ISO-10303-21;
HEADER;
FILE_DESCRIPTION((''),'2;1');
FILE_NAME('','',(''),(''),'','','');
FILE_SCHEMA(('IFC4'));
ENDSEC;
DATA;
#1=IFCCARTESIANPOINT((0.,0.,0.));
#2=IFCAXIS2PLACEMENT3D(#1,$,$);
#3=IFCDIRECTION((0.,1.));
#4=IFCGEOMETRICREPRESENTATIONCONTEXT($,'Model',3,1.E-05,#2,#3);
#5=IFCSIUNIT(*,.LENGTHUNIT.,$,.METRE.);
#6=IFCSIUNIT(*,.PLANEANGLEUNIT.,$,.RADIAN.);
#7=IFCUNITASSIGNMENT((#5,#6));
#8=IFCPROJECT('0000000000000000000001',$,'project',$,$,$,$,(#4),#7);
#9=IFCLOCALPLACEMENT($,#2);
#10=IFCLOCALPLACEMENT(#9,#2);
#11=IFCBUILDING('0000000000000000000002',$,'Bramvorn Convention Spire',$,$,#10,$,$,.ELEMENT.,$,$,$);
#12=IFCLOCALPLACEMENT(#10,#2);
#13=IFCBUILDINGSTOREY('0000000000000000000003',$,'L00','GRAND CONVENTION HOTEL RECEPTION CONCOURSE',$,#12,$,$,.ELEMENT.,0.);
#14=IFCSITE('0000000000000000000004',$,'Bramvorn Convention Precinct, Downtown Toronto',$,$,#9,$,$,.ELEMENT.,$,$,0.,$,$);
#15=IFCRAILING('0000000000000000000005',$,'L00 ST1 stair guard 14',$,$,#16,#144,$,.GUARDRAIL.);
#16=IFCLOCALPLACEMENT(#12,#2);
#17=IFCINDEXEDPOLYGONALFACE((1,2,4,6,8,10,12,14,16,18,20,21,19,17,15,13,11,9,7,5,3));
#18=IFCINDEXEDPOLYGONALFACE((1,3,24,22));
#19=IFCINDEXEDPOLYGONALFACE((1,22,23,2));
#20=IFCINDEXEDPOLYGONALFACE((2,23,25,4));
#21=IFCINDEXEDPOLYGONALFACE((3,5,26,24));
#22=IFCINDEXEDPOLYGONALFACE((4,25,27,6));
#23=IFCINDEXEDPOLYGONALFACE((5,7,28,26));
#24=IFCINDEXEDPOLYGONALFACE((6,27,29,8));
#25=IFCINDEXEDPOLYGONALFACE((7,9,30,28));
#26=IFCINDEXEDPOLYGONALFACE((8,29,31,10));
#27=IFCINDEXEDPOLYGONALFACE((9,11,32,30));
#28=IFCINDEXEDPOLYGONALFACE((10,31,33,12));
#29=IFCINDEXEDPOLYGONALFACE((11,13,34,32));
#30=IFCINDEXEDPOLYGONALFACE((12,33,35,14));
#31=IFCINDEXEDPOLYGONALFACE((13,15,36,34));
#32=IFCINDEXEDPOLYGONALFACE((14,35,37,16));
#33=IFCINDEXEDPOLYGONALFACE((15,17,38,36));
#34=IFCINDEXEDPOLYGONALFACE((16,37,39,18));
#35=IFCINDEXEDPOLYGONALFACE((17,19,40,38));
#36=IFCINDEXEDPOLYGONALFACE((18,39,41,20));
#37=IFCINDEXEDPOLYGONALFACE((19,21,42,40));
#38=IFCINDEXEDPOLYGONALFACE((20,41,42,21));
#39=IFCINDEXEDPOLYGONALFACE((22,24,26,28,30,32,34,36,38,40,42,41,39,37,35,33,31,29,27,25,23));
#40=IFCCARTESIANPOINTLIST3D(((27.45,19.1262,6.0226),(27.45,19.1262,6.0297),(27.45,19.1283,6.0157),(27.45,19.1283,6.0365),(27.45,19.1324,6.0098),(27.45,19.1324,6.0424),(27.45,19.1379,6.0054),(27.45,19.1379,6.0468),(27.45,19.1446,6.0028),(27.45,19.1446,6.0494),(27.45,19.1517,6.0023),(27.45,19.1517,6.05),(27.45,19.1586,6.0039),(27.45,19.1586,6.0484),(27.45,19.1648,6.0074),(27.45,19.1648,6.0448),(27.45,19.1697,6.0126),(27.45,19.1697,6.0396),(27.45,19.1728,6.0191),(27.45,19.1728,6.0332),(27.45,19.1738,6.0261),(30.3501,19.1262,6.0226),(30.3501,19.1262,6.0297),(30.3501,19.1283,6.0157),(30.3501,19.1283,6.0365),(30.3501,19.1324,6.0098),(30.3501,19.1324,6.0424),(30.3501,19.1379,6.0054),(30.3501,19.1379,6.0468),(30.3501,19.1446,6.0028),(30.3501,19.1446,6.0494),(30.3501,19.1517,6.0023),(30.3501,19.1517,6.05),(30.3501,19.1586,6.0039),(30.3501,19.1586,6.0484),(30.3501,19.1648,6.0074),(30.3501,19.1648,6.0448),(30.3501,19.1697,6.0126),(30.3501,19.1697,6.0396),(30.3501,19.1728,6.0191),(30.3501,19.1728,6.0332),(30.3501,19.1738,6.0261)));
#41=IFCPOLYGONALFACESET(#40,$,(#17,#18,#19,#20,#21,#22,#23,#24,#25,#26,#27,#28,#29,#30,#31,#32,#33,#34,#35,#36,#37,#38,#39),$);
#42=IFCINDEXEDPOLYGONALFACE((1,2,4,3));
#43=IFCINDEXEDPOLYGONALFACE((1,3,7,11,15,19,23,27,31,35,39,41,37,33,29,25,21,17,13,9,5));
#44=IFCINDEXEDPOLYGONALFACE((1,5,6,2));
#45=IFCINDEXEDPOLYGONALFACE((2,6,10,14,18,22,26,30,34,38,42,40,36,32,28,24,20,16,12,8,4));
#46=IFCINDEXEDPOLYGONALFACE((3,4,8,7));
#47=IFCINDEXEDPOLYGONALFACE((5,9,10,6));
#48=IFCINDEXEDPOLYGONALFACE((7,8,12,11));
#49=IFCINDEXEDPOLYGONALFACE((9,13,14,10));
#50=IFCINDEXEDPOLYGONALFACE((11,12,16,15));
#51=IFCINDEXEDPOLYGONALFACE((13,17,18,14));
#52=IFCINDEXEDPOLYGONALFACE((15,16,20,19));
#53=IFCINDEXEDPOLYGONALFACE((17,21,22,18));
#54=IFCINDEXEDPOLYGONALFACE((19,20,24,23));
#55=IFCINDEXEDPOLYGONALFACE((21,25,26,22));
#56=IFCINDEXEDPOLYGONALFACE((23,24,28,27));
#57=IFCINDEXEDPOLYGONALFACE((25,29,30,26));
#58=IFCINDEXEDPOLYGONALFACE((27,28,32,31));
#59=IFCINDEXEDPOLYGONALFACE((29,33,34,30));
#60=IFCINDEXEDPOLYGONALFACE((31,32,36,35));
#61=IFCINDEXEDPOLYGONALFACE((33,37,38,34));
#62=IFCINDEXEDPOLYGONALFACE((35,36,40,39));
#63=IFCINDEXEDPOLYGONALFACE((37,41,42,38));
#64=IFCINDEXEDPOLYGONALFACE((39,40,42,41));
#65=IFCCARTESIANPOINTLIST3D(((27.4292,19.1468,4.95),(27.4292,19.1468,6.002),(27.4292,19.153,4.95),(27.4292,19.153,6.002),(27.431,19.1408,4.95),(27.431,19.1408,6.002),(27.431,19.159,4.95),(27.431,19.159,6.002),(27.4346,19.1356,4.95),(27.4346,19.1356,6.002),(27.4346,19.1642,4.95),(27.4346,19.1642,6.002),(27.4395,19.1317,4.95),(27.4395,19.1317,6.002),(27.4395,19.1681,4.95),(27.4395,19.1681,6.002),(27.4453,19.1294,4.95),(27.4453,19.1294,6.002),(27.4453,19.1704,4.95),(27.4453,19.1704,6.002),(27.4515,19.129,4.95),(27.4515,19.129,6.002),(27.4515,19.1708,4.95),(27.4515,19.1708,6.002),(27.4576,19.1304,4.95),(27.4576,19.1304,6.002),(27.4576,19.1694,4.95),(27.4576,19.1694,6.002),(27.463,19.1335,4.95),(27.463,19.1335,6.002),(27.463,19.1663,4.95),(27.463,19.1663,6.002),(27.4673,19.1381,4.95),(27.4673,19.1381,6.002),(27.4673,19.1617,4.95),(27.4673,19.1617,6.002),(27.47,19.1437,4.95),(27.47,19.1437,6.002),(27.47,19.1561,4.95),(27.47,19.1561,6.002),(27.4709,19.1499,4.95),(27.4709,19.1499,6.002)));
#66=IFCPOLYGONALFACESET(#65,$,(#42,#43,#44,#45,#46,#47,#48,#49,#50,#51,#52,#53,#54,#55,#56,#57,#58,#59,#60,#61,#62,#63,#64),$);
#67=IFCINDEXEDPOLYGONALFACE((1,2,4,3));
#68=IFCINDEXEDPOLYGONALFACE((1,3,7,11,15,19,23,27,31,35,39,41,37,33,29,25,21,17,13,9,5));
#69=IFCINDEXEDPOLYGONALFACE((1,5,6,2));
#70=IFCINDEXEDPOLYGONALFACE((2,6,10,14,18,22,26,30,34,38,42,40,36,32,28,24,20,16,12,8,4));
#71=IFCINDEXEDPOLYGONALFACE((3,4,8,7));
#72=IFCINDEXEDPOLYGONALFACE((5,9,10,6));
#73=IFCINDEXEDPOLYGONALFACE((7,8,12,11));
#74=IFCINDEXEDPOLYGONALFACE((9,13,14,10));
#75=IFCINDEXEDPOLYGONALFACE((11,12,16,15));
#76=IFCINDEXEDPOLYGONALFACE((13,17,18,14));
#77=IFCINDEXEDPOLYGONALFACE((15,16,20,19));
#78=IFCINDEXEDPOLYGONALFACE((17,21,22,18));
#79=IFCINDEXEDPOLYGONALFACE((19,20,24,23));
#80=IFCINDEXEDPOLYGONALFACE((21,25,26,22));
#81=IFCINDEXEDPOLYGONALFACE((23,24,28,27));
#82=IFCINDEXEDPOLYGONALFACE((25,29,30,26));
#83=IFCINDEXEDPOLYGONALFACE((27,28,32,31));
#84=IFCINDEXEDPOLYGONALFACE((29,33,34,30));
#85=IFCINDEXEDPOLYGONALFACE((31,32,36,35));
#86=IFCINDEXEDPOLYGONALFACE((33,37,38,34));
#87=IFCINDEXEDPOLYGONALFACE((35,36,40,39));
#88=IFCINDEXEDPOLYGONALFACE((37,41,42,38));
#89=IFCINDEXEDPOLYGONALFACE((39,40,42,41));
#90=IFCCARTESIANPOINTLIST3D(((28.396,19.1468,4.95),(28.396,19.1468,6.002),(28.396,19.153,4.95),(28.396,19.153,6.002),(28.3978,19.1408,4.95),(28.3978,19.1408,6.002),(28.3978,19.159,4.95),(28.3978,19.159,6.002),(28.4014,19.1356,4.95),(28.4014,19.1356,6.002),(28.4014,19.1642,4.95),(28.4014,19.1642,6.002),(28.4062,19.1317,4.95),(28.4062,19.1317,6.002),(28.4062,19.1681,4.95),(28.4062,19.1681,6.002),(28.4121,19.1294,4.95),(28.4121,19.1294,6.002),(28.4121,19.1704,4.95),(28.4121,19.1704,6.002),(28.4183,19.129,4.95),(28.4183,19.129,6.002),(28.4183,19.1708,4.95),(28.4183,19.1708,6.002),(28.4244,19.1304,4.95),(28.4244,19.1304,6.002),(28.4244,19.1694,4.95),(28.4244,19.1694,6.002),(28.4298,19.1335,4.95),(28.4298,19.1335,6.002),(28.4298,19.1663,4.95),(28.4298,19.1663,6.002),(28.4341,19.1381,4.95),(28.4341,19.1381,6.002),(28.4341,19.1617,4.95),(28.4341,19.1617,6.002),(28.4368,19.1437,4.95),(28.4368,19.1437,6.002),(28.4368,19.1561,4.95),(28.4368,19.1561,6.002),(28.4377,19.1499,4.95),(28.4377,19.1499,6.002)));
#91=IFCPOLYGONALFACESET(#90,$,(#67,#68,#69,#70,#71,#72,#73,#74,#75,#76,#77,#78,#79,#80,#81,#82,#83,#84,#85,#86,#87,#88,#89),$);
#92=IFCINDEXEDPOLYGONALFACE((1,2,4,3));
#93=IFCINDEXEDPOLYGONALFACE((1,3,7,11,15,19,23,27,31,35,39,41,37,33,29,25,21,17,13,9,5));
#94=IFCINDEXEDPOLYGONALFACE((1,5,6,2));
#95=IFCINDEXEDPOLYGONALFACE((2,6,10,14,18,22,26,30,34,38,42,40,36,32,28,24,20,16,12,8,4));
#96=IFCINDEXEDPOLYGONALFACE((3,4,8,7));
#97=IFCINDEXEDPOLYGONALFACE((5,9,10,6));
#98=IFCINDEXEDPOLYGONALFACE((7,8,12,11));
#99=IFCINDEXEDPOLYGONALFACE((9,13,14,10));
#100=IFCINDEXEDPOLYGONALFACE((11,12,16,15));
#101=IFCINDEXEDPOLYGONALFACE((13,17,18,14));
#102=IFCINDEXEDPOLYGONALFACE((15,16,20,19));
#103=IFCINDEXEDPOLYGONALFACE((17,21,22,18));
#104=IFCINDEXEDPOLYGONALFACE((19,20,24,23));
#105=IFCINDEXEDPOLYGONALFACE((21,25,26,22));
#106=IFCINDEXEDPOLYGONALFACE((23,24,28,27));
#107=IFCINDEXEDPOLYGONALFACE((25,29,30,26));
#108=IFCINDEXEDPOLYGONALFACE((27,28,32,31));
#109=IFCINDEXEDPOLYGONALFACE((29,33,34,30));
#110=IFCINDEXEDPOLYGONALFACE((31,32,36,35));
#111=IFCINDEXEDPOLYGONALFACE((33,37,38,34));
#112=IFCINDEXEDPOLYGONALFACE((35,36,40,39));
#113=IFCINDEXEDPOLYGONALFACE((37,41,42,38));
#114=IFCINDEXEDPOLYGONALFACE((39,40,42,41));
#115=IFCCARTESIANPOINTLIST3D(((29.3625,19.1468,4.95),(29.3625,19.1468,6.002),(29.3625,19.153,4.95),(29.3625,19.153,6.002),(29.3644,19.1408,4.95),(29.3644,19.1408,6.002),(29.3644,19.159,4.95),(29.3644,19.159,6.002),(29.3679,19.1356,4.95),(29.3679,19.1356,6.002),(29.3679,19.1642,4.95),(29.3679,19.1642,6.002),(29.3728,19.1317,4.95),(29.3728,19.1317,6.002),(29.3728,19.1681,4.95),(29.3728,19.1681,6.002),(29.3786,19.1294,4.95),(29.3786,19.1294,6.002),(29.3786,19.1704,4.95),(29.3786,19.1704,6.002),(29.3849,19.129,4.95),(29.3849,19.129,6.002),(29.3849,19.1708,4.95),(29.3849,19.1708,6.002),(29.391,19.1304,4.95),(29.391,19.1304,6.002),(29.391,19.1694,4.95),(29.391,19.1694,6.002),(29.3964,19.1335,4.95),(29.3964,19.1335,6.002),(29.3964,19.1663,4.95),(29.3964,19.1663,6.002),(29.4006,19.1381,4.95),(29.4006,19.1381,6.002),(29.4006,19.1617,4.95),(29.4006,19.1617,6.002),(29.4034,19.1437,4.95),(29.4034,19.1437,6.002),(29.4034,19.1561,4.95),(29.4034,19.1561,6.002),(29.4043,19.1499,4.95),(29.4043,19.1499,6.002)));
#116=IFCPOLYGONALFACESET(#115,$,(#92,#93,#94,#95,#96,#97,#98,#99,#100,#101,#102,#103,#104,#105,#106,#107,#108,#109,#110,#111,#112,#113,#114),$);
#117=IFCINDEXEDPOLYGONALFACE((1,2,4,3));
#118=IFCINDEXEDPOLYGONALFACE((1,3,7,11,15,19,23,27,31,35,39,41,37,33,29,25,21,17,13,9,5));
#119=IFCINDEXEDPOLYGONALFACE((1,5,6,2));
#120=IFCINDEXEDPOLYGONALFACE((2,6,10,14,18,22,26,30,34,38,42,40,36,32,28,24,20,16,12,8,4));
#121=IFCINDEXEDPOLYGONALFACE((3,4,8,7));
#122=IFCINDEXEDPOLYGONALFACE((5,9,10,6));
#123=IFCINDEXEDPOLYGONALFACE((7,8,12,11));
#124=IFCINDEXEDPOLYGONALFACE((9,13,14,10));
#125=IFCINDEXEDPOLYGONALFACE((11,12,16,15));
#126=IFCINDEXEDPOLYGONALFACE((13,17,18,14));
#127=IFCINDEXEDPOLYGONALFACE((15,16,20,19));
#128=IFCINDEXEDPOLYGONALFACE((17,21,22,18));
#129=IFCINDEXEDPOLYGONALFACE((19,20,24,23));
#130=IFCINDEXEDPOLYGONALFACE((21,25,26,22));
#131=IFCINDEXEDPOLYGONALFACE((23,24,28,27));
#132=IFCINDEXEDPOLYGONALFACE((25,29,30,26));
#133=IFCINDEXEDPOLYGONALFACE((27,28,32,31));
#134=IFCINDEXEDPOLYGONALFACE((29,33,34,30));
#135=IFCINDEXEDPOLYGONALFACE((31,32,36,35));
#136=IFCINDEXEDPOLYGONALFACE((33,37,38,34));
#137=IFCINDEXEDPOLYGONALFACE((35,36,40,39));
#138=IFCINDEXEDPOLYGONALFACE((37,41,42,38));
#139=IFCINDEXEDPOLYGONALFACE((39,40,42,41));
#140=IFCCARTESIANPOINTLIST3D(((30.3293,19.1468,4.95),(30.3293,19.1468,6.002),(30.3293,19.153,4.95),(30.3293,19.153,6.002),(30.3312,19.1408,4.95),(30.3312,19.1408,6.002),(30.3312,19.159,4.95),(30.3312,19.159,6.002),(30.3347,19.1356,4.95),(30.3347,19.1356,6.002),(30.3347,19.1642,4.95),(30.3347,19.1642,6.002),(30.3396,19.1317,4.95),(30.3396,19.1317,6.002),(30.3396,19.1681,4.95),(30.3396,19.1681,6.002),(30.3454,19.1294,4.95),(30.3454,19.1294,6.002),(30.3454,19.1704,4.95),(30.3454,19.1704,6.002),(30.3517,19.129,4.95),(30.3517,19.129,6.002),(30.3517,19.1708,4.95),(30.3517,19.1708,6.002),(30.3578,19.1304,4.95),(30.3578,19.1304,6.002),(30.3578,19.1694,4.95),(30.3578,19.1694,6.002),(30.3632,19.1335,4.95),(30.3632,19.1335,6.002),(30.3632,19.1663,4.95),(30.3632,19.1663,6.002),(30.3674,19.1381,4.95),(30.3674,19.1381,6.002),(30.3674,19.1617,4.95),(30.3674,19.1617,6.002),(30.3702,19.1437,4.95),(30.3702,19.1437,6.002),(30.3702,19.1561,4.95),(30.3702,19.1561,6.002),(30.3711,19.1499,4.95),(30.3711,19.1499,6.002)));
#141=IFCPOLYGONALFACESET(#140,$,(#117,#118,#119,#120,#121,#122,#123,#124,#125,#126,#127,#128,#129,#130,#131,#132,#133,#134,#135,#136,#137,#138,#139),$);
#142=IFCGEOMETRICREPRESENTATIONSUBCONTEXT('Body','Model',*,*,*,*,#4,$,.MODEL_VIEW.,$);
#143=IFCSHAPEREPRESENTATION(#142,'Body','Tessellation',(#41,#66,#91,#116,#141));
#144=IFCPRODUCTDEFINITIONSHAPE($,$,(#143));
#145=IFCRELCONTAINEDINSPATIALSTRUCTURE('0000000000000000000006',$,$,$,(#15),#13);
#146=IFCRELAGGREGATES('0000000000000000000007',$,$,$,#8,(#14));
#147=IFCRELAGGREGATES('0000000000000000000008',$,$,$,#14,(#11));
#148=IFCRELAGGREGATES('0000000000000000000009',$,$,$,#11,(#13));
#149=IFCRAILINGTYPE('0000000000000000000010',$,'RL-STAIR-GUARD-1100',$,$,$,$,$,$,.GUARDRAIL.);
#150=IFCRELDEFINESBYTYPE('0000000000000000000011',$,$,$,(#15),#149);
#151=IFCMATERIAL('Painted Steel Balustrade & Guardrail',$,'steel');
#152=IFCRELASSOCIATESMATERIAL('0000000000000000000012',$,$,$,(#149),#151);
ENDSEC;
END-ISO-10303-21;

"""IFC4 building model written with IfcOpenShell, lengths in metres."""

from ifc_helpers import new_model, si_unit, direction, frame, origin, origin_2d, place, context, subcontext, project, spatial, circle, extrude, material, type_object, element, save


model = new_model("IFC4")

# Units and contexts
model_context = context("Model", 3, precision=1e-05, world=origin(), true_north=direction((0.0, 1.0)))
body_context = subcontext(model_context, "Body", "Model", "MODEL_VIEW")
ifc_project = project(units=[si_unit("LENGTHUNIT", "METRE"), si_unit("PLANEANGLEUNIT", "RADIAN")], contexts=[model_context])

# Site, building, storey
site_placement = place(None, origin())
site = spatial("IfcSite", under=ifc_project, at=site_placement, Name="Bramvorn Convention Precinct, Downtown Toronto", CompositionType="ELEMENT", RefElevation=0.0)
building_placement = place(site_placement, origin())
building = spatial("IfcBuilding", under=site, at=building_placement, Name="Bramvorn Convention Spire", CompositionType="ELEMENT")
storey_placement = place(building_placement, origin())
storey = spatial("IfcBuildingStorey", under=building, at=storey_placement, Name="L00", Description="GRAND CONVENTION HOTEL RECEPTION CONCOURSE", CompositionType="ELEMENT", Elevation=0.0)

# Railing
ifc_material_1 = material(Name="Painted Steel Balustrade & Guardrail", Category="steel")
railing_type = type_object("IfcRailingType", Name="RL-STAIR-GUARD-1100", PredefinedType="GUARDRAIL", material=ifc_material_1)
for number, where, name in (
    (1, (27.45, 19.1499, 4.95), "L00 ST1 stair guard 14"),
):
    element("IfcRailing", number, at=place(storey_placement, frame(where)), inside=storey, type_object=railing_type, Name=name, PredefinedType="GUARDRAIL", context=body_context, shape_type="SweptSolid", body=[
        extrude(circle(Radius=0.0239, at=origin_2d()), frame((0.0, 0.0, 1.0762), z_axis=(1.0, 0.0, 0.0), x_axis=(0.0, 1.0, 0.0)), (0.0, 0.0, 1.0), 2.9001),
        extrude(circle(Radius=0.021, at=origin_2d()), origin(), (0.0, 0.0, 1.0), 1.052),
        extrude(circle(Radius=0.021, at=origin_2d()), frame((0.9668, 0.0, 0.0)), (0.0, 0.0, 1.0), 1.052),
        extrude(circle(Radius=0.021, at=origin_2d()), frame((1.9333, 0.0, 0.0)), (0.0, 0.0, 1.0), 1.052),
        extrude(circle(Radius=0.021, at=origin_2d()), frame((2.9001, 0.0, 0.0)), (0.0, 0.0, 1.0), 1.052),
    ])

save(model, "model.ifc")
